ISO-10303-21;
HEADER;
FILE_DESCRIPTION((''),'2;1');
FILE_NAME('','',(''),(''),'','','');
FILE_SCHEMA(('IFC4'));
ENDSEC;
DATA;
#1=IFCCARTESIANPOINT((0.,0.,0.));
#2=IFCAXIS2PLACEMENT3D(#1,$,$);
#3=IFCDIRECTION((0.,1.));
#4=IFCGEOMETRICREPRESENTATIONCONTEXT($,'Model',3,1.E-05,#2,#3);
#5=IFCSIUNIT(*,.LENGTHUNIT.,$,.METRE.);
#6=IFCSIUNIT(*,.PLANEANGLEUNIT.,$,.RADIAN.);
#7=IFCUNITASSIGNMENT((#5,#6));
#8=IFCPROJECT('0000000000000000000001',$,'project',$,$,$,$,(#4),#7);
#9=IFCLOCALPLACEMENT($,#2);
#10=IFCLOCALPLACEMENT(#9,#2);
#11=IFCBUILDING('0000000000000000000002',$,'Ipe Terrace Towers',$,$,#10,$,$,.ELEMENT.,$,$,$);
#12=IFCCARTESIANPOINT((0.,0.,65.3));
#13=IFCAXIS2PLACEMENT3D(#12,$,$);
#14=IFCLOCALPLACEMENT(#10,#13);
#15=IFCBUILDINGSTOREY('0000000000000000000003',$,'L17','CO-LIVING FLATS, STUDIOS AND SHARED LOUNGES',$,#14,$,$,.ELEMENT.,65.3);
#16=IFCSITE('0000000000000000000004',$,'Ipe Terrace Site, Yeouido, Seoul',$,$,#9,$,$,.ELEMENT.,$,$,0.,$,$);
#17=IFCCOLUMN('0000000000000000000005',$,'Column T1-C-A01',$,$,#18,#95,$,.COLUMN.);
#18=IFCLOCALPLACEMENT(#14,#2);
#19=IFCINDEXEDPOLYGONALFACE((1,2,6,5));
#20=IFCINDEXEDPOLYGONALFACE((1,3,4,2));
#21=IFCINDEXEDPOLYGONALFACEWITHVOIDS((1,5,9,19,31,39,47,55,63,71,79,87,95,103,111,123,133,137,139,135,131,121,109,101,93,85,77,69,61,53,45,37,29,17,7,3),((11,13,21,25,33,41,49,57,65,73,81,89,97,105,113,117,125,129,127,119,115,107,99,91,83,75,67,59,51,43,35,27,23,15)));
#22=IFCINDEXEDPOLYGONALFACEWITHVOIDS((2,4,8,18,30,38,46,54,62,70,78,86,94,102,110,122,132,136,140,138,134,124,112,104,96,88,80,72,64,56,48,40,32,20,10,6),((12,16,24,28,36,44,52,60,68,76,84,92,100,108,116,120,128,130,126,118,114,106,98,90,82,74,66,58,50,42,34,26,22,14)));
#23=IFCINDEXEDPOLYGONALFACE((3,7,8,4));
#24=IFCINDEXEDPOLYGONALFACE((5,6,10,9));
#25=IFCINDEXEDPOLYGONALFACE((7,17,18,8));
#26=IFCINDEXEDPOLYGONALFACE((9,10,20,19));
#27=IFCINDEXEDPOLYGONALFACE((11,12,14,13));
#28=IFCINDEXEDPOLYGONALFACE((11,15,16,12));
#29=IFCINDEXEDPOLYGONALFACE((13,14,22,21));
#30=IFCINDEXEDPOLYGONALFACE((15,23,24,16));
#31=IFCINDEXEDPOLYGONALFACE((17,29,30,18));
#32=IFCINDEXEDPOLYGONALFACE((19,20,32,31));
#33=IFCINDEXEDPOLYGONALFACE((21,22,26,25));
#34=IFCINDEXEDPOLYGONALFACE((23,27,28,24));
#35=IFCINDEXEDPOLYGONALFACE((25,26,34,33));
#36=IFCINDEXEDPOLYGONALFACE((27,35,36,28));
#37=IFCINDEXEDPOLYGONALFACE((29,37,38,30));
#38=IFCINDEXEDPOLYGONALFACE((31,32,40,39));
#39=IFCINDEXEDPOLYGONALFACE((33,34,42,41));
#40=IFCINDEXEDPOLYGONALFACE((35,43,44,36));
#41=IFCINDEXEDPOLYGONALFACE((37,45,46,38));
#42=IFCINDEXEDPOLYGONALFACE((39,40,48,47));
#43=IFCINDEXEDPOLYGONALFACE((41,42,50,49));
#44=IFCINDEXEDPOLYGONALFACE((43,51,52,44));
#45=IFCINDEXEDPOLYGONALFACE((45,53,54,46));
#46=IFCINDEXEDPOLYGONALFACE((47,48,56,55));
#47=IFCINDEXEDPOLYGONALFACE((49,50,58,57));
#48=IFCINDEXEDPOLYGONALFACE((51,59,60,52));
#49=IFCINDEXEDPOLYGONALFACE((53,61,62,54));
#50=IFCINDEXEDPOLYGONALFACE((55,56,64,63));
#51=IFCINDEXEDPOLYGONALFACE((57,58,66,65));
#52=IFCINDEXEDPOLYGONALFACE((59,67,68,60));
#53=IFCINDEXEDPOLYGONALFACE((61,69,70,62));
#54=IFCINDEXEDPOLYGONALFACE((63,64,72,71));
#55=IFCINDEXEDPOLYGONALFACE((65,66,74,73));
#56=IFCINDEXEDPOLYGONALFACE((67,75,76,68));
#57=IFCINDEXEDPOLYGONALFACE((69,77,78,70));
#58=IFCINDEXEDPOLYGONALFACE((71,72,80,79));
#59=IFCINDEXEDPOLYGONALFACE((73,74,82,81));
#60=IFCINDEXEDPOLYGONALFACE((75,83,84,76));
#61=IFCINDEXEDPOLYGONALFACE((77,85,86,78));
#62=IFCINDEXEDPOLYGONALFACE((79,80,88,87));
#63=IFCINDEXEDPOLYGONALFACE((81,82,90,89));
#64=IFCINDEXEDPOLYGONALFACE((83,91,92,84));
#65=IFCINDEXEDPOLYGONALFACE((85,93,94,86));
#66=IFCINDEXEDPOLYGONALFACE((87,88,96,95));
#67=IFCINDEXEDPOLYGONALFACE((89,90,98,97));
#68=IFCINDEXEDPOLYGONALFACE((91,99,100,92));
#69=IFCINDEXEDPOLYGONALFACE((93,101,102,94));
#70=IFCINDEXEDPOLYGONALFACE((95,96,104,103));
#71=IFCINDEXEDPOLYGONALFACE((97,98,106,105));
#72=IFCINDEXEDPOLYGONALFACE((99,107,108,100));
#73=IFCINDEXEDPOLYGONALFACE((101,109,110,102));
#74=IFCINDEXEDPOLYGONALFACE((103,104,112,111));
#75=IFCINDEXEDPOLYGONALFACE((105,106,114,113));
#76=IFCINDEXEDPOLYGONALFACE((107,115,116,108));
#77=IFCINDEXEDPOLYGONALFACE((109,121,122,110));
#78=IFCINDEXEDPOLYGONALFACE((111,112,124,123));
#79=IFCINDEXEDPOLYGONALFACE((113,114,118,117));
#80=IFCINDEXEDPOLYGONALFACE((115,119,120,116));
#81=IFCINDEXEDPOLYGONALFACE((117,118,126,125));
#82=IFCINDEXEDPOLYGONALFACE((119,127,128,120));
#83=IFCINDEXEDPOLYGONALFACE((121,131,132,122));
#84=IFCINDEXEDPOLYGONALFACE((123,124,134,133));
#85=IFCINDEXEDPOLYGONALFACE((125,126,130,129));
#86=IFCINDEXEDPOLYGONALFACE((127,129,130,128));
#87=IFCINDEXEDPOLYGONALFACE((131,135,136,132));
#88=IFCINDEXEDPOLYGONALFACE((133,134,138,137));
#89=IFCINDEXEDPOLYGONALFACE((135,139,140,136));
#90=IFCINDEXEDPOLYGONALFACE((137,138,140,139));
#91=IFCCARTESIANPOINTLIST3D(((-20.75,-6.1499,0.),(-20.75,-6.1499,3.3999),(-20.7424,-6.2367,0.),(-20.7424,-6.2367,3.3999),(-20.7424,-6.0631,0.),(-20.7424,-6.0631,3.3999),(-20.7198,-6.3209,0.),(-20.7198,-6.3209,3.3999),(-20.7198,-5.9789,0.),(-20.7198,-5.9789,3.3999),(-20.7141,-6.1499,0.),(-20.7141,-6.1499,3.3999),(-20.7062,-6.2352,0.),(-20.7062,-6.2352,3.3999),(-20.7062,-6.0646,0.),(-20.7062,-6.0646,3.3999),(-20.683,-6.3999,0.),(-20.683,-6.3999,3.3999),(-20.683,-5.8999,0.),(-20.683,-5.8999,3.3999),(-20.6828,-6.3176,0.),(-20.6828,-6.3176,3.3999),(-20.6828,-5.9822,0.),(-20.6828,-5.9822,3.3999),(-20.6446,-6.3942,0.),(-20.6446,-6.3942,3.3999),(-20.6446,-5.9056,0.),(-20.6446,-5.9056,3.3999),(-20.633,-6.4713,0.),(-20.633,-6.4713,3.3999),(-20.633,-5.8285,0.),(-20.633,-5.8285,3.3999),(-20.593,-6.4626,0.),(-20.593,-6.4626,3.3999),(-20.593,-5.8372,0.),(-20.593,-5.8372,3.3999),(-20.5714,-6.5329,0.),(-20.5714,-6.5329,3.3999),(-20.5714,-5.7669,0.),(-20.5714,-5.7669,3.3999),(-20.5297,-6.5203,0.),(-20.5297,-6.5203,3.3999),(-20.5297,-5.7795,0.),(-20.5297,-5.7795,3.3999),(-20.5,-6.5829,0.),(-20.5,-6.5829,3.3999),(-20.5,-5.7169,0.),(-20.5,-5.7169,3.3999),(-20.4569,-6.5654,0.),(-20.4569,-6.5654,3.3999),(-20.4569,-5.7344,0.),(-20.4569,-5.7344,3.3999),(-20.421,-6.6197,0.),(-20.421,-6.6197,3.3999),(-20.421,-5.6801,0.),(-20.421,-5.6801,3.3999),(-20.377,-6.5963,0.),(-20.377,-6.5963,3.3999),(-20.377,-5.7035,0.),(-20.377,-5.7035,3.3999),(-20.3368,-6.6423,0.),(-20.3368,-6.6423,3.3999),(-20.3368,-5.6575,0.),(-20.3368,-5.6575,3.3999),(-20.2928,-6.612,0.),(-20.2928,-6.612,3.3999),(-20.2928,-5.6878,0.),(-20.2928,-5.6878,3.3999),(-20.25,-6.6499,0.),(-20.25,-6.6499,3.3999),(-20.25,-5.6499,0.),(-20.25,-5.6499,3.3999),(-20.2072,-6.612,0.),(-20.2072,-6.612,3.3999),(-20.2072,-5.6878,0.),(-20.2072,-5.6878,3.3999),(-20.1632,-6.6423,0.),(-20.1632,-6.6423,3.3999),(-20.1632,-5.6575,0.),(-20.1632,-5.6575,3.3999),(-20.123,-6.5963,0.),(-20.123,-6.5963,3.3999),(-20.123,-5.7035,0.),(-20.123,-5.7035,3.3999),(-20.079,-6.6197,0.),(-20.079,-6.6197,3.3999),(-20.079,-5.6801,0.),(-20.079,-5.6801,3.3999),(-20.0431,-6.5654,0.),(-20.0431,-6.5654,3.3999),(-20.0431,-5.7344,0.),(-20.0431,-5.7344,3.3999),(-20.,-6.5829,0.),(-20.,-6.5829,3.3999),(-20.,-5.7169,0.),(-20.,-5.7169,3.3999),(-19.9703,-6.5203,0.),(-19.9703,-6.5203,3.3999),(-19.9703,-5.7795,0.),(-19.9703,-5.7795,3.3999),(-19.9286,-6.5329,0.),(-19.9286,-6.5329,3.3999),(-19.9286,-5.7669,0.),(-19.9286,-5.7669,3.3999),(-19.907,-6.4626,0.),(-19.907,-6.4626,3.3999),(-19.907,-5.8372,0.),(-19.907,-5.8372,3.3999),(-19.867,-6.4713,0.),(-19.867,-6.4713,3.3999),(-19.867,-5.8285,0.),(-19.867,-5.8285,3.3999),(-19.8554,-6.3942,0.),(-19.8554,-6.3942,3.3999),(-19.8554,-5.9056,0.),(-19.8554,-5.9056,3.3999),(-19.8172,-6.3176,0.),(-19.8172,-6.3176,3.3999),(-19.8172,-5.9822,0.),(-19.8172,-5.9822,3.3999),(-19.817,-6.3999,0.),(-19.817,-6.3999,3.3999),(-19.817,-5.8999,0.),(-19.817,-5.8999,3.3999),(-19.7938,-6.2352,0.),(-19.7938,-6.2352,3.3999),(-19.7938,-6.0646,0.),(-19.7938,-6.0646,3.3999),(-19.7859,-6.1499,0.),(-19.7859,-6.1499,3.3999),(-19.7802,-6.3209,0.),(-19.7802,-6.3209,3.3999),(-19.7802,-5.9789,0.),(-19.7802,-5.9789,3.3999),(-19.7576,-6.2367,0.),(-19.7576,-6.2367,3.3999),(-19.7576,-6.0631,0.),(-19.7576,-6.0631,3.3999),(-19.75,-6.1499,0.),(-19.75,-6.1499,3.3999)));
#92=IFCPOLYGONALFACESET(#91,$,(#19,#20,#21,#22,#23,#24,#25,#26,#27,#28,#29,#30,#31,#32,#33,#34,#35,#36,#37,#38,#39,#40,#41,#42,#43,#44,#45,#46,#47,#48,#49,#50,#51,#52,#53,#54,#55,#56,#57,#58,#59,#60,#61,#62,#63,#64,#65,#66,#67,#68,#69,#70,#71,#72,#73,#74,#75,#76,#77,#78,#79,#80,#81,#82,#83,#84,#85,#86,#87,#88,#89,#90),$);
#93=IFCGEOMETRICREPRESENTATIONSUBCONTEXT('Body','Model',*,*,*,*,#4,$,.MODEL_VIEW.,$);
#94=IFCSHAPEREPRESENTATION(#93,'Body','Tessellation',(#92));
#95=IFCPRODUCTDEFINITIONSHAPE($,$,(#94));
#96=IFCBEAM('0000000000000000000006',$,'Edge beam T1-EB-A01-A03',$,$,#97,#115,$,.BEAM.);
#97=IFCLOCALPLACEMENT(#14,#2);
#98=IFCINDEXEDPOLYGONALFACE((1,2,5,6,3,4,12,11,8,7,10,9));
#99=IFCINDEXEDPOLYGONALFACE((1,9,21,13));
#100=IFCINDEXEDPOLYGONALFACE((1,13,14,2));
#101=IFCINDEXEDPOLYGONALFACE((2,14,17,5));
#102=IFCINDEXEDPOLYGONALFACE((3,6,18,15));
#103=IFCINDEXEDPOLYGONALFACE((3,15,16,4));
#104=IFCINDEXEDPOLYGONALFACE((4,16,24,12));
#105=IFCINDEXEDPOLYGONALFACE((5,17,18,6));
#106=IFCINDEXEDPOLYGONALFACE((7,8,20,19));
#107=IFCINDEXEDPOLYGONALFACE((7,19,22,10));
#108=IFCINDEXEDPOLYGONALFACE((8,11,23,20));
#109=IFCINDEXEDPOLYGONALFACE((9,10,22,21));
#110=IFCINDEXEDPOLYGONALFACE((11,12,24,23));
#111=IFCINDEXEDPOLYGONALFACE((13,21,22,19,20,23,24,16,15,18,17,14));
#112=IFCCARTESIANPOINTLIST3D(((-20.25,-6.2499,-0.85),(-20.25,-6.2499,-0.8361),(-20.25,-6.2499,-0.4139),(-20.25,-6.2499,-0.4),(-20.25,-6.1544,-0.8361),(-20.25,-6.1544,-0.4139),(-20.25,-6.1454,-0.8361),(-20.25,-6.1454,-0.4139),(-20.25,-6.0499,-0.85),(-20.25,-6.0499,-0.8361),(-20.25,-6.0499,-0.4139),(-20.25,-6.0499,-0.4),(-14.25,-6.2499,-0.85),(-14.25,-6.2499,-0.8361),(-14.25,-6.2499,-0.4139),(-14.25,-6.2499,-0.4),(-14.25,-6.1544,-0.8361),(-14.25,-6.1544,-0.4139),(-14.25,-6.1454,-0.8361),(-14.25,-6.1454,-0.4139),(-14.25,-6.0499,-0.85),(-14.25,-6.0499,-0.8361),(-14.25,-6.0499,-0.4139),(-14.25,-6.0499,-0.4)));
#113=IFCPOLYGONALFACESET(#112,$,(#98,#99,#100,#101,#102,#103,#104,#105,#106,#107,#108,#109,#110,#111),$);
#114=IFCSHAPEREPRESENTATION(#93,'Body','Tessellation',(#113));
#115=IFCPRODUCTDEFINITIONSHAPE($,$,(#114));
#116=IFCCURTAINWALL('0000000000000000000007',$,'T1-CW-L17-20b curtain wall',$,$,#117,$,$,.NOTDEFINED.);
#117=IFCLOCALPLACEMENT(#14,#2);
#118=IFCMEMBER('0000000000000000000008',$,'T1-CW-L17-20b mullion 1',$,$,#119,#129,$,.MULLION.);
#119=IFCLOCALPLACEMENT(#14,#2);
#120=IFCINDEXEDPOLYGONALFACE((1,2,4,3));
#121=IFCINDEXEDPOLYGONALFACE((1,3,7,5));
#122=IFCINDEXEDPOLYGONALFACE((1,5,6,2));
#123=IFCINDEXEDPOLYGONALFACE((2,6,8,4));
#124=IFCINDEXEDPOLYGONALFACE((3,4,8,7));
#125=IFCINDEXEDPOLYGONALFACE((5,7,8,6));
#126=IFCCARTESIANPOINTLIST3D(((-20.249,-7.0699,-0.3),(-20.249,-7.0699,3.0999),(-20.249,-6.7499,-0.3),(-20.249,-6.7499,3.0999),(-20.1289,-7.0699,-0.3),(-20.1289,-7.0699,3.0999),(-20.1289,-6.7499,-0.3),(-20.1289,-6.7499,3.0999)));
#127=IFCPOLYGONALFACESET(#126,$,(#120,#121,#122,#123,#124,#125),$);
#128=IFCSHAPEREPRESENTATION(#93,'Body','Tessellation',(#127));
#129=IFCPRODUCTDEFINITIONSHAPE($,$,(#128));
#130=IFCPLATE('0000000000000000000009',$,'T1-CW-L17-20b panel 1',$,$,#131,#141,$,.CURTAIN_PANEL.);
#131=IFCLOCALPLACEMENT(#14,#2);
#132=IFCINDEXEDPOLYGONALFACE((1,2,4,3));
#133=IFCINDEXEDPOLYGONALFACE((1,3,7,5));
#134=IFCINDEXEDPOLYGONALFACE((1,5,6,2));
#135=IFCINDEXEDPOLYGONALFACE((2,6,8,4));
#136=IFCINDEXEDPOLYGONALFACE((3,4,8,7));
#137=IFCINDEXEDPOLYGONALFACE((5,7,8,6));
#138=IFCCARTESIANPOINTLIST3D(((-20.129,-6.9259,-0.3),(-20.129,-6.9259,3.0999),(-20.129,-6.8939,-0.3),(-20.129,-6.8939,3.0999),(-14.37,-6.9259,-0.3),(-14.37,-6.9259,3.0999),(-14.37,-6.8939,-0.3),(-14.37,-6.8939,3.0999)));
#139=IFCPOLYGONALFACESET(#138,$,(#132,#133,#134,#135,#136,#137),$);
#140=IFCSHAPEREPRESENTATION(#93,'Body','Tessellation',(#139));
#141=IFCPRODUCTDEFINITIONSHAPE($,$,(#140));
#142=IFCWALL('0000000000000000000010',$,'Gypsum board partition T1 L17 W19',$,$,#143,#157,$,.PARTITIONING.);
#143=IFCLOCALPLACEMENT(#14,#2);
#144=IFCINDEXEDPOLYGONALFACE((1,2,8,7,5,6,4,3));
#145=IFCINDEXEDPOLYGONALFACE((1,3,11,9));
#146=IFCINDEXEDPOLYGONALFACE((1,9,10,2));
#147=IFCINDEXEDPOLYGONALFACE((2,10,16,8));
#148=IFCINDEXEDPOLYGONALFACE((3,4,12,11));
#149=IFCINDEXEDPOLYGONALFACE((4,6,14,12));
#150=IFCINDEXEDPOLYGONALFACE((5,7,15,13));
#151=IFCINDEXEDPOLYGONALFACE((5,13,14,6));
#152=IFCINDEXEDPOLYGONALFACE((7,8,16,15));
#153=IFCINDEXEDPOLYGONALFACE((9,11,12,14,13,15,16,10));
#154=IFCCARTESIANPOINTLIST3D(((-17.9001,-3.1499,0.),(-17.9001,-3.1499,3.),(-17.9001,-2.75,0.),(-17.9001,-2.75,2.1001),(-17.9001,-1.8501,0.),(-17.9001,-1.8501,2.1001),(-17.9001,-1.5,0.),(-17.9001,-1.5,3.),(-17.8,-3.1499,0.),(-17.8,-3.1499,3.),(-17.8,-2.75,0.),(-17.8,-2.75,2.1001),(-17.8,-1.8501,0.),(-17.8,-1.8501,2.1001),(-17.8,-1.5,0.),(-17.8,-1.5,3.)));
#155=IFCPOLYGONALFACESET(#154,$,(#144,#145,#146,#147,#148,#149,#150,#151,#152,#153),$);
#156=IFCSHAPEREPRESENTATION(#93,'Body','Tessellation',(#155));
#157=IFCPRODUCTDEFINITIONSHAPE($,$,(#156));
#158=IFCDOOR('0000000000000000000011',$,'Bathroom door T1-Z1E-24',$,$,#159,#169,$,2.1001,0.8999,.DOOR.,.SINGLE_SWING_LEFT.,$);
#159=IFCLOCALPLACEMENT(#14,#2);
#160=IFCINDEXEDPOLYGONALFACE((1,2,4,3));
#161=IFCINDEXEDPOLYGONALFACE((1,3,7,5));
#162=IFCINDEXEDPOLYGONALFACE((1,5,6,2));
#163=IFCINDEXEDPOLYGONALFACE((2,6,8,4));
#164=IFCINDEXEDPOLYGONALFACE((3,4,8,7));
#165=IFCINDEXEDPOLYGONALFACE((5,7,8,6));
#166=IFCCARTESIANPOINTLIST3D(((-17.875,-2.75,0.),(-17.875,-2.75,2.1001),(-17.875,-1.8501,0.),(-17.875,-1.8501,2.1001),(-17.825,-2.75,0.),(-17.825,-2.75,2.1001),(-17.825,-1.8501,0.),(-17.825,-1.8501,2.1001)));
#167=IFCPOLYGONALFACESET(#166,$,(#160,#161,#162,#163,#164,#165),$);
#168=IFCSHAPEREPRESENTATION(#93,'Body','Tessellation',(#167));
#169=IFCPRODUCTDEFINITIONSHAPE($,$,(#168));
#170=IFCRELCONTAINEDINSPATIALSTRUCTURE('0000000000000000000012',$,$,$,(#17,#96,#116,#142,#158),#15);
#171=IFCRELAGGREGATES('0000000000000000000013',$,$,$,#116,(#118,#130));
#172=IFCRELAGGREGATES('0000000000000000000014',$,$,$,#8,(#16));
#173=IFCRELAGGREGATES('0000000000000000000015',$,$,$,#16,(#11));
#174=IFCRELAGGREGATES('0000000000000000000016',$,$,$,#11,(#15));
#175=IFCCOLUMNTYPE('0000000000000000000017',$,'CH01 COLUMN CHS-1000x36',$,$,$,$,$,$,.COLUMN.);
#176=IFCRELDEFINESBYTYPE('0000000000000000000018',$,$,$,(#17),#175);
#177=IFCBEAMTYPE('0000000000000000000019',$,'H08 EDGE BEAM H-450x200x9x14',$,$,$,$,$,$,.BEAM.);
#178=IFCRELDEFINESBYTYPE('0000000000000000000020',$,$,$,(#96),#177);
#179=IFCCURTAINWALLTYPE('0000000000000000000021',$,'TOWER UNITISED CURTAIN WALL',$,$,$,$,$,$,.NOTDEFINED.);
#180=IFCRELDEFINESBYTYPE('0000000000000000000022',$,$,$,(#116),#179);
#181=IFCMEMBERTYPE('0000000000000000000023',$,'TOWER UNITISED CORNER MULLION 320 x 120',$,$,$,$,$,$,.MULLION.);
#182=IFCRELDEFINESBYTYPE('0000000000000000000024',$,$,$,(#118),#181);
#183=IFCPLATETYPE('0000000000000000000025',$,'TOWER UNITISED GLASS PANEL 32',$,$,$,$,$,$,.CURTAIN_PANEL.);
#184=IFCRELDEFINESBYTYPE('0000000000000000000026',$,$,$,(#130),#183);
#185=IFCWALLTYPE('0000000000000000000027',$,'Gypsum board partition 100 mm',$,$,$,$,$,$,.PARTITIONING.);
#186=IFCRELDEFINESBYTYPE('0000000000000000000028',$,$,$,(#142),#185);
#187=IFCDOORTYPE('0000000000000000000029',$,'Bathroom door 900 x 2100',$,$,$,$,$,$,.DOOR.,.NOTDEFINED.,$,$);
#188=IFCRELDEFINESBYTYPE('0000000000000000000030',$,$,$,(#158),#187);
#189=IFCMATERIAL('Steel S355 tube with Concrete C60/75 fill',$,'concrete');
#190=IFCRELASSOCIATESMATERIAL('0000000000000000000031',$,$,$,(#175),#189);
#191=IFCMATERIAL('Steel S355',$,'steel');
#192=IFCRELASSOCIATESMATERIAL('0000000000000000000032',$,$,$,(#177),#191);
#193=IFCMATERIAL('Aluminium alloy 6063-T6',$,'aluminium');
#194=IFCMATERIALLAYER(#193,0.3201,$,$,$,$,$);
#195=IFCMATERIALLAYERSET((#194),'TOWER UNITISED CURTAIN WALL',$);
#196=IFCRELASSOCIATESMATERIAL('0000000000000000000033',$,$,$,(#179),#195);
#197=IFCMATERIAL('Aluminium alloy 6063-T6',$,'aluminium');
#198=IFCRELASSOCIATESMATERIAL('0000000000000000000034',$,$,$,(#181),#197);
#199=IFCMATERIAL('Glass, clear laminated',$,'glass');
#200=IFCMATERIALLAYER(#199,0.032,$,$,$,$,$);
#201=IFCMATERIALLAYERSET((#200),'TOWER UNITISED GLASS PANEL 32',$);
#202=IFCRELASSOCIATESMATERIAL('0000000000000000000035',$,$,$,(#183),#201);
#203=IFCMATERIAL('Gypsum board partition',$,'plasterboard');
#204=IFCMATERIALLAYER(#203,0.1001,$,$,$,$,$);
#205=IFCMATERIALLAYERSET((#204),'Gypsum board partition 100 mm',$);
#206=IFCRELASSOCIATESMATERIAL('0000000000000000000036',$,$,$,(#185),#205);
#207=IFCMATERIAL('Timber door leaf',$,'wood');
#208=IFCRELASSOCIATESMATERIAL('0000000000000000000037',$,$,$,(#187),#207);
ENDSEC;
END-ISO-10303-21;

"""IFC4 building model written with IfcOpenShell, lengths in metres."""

from ifc_helpers import new_model, si_unit, direction, frame, frame_2d, origin, origin_2d, place, context, subcontext, project, spatial, rectangle, hollow_circle, i_section, extrude, material, layer, layer_set, material_profile, profile_set, type_object, element, fill, aggregate, save


model = new_model("IFC4")

# Units and contexts
model_context = context("Model", 3, precision=1e-05, world=origin(), true_north=direction((0.0, 1.0)))
body_context = subcontext(model_context, "Body", "Model", "MODEL_VIEW")
ifc_project = project(units=[si_unit("LENGTHUNIT", "METRE"), si_unit("PLANEANGLEUNIT", "RADIAN")], contexts=[model_context])

# Site, building, storey
site_placement = place(None, origin())
site = spatial("IfcSite", under=ifc_project, at=site_placement, Name="Ipe Terrace Site, Yeouido, Seoul", CompositionType="ELEMENT", RefElevation=0.0)
building_placement = place(site_placement, origin())
building = spatial("IfcBuilding", under=site, at=building_placement, Name="Ipe Terrace Towers", CompositionType="ELEMENT")
storey_placement = place(building_placement, frame((0.0, 0.0, 65.3)))
storey = spatial("IfcBuildingStorey", under=building, at=storey_placement, Name="L17", Description="CO-LIVING FLATS, STUDIOS AND SHARED LOUNGES", CompositionType="ELEMENT", Elevation=65.3)

# Column
ifc_material_1 = material(Name="Steel S355 tube with Concrete C60/75 fill", Category="concrete")
ifc_material_profile_1 = material_profile(ifc_material_1, hollow_circle(Radius=0.5, WallThickness=0.0359, at=origin_2d()), Name="CHS-1000x36")
ifc_profile_set_1 = profile_set([ifc_material_profile_1], Name="Steel S355 tube with Concrete C60/75 fill")
column_type = type_object("IfcColumnType", Name="CH01 COLUMN CHS-1000x36", PredefinedType="COLUMN", material=ifc_profile_set_1)
column_placement = place(storey_placement, frame((-20.25, -6.1499, 0.0), z_axis=(0.0, 0.0, 1.0), x_axis=(1.0, 0.0, 0.0)))
element("IfcColumn", 1, at=column_placement, inside=storey, type_object=column_type, Name="Column T1-C-A01", PredefinedType="COLUMN", context=body_context, shape_type="SweptSolid", body=[
    extrude(hollow_circle(Radius=0.5, WallThickness=0.0359, at=origin_2d()), origin(), (0.0, 0.0, 1.0), 3.3999),
])

# Beam
ifc_material_2 = material(Name="Steel S355", Category="steel")
ifc_material_profile_2 = material_profile(ifc_material_2, i_section(OverallWidth=0.2, OverallDepth=0.45, WebThickness=0.009, FlangeThickness=0.0139, at=origin_2d()), Name="H-450x200x9x14")
ifc_profile_set_2 = profile_set([ifc_material_profile_2], Name="Steel S355")
beam_type = type_object("IfcBeamType", Name="H08 EDGE BEAM H-450x200x9x14", PredefinedType="BEAM", material=ifc_profile_set_2)
beam_placement = place(storey_placement, frame((-20.25, -6.1499, -0.625), z_axis=(1.0, 0.0, 0.0), x_axis=(0.0, 1.0, 0.0)))
element("IfcBeam", 2, at=beam_placement, inside=storey, type_object=beam_type, Name="Edge beam T1-EB-A01-A03", PredefinedType="BEAM", context=body_context, shape_type="SweptSolid", body=[
    extrude(i_section(OverallWidth=0.2, OverallDepth=0.45, WebThickness=0.009, FlangeThickness=0.0139, at=origin_2d()), origin(), (0.0, 0.0, 1.0), 6.0),
])

# Curtain wall, member, plate
ifc_material_3 = material(Name="Aluminium alloy 6063-T6", Category="aluminium")
ifc_layer_1 = layer(ifc_material_3, 0.3201)
ifc_layer_set_1 = layer_set([ifc_layer_1], Name="TOWER UNITISED CURTAIN WALL")
curtain_wall_type = type_object("IfcCurtainWallType", Name="TOWER UNITISED CURTAIN WALL", PredefinedType="NOTDEFINED", material=ifc_layer_set_1)
curtain_wall_placement = place(storey_placement, origin())
curtain_wall = element("IfcCurtainWall", 3, at=curtain_wall_placement, inside=storey, type_object=curtain_wall_type, Name="T1-CW-L17-20b curtain wall", PredefinedType="NOTDEFINED")
ifc_material_4 = material(Name="Aluminium alloy 6063-T6", Category="aluminium")
ifc_material_profile_3 = material_profile(ifc_material_4, rectangle(XDim=0.3201, YDim=0.1201, at=origin_2d()), Name="TOWER UNITISED CORNER MULLION 320 x 120")
ifc_profile_set_3 = profile_set([ifc_material_profile_3], Name="Aluminium alloy 6063-T6")
member_type = type_object("IfcMemberType", Name="TOWER UNITISED CORNER MULLION 320 x 120", PredefinedType="MULLION", material=ifc_profile_set_3)
member_placement = place(storey_placement, frame((-20.189, -6.9099, -0.3), z_axis=(0.0, 0.0, 1.0), x_axis=(0.0, -1.0, 0.0)))
member = element("IfcMember", 4, at=member_placement, type_object=member_type, Name="T1-CW-L17-20b mullion 1", PredefinedType="MULLION", context=body_context, shape_type="SweptSolid", body=[
    extrude(rectangle(XDim=0.3201, YDim=0.1201, at=origin_2d()), origin(), (0.0, 0.0, 1.0), 3.3999),
])
ifc_material_5 = material(Name="Glass, clear laminated", Category="glass")
ifc_layer_2 = layer(ifc_material_5, 0.032)
ifc_layer_set_2 = layer_set([ifc_layer_2], Name="TOWER UNITISED GLASS PANEL 32")
plate_type = type_object("IfcPlateType", Name="TOWER UNITISED GLASS PANEL 32", PredefinedType="CURTAIN_PANEL", material=ifc_layer_set_2)
plate_placement = place(storey_placement, frame((-17.2495, -6.9099, -0.3), z_axis=(0.0, 0.0, 1.0), x_axis=(1.0, 0.0, 0.0)))
plate = element("IfcPlate", 5, at=plate_placement, type_object=plate_type, Name="T1-CW-L17-20b panel 1", PredefinedType="CURTAIN_PANEL", context=body_context, shape_type="SweptSolid", body=[
    extrude(rectangle(XDim=5.759, YDim=0.032, at=origin_2d()), origin(), (0.0, 0.0, 1.0), 3.3999),
])
aggregate(curtain_wall, [member, plate])

# Wall, opening, door
ifc_material_6 = material(Name="Gypsum board partition", Category="plasterboard")
ifc_layer_3 = layer(ifc_material_6, 0.1001)
ifc_layer_set_3 = layer_set([ifc_layer_3], Name="Gypsum board partition 100 mm")
wall_type_1 = type_object("IfcWallType", Name="Gypsum board partition 100 mm", PredefinedType="PARTITIONING", material=ifc_layer_set_3)
wall_1_placement = place(storey_placement, frame((-17.8501, -3.1499, 0.0), z_axis=(0.0, 0.0, 1.0), x_axis=(0.0, 1.0, 0.0)))
wall_1 = element("IfcWall", 6, at=wall_1_placement, inside=storey, type_object=wall_type_1, Name="Gypsum board partition T1 L17 W19", PredefinedType="PARTITIONING", context=body_context, shape_type="SweptSolid", body=[
    extrude(rectangle(XDim=1.6499, YDim=0.1001, at=frame_2d((0.825, 0.0))), origin(), (0.0, 0.0, 1.0), 3.0),
])
opening_1_placement = place(wall_1_placement, frame((0.3999, 0.0, 0.0)))
opening_1 = element("IfcOpeningElement", 7, at=opening_1_placement, cuts=wall_1, PredefinedType="OPENING", context=body_context, shape_type="SweptSolid", body=[
    extrude(rectangle(XDim=0.8999, YDim=2.1001, at=frame_2d((0.45, 1.05))), frame((0.0, 0.0601, 0.0), z_axis=(0.0, -1.0, 0.0), x_axis=(1.0, 0.0, 0.0)), (0.0, 0.0, 1.0), 0.1201),
])
ifc_material_7 = material(Name="Timber door leaf", Category="wood")
door_type_1 = type_object("IfcDoorType", Name="Bathroom door 900 x 2100", OperationType="NOTDEFINED", PredefinedType="DOOR", material=ifc_material_7)
door_1_placement = place(opening_1_placement, origin())
door_1 = element("IfcDoor", 8, at=door_1_placement, inside=storey, type_object=door_type_1, Name="Bathroom door T1-Z1E-24", OperationType="SINGLE_SWING_LEFT", OverallHeight=2.1001, OverallWidth=0.8999, PredefinedType="DOOR", context=body_context, shape_type="SweptSolid", body=[
    extrude(rectangle(XDim=0.8999, YDim=2.1001, at=frame_2d((0.45, 1.05))), frame((0.0, 0.0249, 0.0), z_axis=(0.0, -1.0, 0.0), x_axis=(1.0, 0.0, 0.0)), (0.0, 0.0, 1.0), 0.05),
])
fill(opening_1, door_1)

save(model, "model.ifc")
